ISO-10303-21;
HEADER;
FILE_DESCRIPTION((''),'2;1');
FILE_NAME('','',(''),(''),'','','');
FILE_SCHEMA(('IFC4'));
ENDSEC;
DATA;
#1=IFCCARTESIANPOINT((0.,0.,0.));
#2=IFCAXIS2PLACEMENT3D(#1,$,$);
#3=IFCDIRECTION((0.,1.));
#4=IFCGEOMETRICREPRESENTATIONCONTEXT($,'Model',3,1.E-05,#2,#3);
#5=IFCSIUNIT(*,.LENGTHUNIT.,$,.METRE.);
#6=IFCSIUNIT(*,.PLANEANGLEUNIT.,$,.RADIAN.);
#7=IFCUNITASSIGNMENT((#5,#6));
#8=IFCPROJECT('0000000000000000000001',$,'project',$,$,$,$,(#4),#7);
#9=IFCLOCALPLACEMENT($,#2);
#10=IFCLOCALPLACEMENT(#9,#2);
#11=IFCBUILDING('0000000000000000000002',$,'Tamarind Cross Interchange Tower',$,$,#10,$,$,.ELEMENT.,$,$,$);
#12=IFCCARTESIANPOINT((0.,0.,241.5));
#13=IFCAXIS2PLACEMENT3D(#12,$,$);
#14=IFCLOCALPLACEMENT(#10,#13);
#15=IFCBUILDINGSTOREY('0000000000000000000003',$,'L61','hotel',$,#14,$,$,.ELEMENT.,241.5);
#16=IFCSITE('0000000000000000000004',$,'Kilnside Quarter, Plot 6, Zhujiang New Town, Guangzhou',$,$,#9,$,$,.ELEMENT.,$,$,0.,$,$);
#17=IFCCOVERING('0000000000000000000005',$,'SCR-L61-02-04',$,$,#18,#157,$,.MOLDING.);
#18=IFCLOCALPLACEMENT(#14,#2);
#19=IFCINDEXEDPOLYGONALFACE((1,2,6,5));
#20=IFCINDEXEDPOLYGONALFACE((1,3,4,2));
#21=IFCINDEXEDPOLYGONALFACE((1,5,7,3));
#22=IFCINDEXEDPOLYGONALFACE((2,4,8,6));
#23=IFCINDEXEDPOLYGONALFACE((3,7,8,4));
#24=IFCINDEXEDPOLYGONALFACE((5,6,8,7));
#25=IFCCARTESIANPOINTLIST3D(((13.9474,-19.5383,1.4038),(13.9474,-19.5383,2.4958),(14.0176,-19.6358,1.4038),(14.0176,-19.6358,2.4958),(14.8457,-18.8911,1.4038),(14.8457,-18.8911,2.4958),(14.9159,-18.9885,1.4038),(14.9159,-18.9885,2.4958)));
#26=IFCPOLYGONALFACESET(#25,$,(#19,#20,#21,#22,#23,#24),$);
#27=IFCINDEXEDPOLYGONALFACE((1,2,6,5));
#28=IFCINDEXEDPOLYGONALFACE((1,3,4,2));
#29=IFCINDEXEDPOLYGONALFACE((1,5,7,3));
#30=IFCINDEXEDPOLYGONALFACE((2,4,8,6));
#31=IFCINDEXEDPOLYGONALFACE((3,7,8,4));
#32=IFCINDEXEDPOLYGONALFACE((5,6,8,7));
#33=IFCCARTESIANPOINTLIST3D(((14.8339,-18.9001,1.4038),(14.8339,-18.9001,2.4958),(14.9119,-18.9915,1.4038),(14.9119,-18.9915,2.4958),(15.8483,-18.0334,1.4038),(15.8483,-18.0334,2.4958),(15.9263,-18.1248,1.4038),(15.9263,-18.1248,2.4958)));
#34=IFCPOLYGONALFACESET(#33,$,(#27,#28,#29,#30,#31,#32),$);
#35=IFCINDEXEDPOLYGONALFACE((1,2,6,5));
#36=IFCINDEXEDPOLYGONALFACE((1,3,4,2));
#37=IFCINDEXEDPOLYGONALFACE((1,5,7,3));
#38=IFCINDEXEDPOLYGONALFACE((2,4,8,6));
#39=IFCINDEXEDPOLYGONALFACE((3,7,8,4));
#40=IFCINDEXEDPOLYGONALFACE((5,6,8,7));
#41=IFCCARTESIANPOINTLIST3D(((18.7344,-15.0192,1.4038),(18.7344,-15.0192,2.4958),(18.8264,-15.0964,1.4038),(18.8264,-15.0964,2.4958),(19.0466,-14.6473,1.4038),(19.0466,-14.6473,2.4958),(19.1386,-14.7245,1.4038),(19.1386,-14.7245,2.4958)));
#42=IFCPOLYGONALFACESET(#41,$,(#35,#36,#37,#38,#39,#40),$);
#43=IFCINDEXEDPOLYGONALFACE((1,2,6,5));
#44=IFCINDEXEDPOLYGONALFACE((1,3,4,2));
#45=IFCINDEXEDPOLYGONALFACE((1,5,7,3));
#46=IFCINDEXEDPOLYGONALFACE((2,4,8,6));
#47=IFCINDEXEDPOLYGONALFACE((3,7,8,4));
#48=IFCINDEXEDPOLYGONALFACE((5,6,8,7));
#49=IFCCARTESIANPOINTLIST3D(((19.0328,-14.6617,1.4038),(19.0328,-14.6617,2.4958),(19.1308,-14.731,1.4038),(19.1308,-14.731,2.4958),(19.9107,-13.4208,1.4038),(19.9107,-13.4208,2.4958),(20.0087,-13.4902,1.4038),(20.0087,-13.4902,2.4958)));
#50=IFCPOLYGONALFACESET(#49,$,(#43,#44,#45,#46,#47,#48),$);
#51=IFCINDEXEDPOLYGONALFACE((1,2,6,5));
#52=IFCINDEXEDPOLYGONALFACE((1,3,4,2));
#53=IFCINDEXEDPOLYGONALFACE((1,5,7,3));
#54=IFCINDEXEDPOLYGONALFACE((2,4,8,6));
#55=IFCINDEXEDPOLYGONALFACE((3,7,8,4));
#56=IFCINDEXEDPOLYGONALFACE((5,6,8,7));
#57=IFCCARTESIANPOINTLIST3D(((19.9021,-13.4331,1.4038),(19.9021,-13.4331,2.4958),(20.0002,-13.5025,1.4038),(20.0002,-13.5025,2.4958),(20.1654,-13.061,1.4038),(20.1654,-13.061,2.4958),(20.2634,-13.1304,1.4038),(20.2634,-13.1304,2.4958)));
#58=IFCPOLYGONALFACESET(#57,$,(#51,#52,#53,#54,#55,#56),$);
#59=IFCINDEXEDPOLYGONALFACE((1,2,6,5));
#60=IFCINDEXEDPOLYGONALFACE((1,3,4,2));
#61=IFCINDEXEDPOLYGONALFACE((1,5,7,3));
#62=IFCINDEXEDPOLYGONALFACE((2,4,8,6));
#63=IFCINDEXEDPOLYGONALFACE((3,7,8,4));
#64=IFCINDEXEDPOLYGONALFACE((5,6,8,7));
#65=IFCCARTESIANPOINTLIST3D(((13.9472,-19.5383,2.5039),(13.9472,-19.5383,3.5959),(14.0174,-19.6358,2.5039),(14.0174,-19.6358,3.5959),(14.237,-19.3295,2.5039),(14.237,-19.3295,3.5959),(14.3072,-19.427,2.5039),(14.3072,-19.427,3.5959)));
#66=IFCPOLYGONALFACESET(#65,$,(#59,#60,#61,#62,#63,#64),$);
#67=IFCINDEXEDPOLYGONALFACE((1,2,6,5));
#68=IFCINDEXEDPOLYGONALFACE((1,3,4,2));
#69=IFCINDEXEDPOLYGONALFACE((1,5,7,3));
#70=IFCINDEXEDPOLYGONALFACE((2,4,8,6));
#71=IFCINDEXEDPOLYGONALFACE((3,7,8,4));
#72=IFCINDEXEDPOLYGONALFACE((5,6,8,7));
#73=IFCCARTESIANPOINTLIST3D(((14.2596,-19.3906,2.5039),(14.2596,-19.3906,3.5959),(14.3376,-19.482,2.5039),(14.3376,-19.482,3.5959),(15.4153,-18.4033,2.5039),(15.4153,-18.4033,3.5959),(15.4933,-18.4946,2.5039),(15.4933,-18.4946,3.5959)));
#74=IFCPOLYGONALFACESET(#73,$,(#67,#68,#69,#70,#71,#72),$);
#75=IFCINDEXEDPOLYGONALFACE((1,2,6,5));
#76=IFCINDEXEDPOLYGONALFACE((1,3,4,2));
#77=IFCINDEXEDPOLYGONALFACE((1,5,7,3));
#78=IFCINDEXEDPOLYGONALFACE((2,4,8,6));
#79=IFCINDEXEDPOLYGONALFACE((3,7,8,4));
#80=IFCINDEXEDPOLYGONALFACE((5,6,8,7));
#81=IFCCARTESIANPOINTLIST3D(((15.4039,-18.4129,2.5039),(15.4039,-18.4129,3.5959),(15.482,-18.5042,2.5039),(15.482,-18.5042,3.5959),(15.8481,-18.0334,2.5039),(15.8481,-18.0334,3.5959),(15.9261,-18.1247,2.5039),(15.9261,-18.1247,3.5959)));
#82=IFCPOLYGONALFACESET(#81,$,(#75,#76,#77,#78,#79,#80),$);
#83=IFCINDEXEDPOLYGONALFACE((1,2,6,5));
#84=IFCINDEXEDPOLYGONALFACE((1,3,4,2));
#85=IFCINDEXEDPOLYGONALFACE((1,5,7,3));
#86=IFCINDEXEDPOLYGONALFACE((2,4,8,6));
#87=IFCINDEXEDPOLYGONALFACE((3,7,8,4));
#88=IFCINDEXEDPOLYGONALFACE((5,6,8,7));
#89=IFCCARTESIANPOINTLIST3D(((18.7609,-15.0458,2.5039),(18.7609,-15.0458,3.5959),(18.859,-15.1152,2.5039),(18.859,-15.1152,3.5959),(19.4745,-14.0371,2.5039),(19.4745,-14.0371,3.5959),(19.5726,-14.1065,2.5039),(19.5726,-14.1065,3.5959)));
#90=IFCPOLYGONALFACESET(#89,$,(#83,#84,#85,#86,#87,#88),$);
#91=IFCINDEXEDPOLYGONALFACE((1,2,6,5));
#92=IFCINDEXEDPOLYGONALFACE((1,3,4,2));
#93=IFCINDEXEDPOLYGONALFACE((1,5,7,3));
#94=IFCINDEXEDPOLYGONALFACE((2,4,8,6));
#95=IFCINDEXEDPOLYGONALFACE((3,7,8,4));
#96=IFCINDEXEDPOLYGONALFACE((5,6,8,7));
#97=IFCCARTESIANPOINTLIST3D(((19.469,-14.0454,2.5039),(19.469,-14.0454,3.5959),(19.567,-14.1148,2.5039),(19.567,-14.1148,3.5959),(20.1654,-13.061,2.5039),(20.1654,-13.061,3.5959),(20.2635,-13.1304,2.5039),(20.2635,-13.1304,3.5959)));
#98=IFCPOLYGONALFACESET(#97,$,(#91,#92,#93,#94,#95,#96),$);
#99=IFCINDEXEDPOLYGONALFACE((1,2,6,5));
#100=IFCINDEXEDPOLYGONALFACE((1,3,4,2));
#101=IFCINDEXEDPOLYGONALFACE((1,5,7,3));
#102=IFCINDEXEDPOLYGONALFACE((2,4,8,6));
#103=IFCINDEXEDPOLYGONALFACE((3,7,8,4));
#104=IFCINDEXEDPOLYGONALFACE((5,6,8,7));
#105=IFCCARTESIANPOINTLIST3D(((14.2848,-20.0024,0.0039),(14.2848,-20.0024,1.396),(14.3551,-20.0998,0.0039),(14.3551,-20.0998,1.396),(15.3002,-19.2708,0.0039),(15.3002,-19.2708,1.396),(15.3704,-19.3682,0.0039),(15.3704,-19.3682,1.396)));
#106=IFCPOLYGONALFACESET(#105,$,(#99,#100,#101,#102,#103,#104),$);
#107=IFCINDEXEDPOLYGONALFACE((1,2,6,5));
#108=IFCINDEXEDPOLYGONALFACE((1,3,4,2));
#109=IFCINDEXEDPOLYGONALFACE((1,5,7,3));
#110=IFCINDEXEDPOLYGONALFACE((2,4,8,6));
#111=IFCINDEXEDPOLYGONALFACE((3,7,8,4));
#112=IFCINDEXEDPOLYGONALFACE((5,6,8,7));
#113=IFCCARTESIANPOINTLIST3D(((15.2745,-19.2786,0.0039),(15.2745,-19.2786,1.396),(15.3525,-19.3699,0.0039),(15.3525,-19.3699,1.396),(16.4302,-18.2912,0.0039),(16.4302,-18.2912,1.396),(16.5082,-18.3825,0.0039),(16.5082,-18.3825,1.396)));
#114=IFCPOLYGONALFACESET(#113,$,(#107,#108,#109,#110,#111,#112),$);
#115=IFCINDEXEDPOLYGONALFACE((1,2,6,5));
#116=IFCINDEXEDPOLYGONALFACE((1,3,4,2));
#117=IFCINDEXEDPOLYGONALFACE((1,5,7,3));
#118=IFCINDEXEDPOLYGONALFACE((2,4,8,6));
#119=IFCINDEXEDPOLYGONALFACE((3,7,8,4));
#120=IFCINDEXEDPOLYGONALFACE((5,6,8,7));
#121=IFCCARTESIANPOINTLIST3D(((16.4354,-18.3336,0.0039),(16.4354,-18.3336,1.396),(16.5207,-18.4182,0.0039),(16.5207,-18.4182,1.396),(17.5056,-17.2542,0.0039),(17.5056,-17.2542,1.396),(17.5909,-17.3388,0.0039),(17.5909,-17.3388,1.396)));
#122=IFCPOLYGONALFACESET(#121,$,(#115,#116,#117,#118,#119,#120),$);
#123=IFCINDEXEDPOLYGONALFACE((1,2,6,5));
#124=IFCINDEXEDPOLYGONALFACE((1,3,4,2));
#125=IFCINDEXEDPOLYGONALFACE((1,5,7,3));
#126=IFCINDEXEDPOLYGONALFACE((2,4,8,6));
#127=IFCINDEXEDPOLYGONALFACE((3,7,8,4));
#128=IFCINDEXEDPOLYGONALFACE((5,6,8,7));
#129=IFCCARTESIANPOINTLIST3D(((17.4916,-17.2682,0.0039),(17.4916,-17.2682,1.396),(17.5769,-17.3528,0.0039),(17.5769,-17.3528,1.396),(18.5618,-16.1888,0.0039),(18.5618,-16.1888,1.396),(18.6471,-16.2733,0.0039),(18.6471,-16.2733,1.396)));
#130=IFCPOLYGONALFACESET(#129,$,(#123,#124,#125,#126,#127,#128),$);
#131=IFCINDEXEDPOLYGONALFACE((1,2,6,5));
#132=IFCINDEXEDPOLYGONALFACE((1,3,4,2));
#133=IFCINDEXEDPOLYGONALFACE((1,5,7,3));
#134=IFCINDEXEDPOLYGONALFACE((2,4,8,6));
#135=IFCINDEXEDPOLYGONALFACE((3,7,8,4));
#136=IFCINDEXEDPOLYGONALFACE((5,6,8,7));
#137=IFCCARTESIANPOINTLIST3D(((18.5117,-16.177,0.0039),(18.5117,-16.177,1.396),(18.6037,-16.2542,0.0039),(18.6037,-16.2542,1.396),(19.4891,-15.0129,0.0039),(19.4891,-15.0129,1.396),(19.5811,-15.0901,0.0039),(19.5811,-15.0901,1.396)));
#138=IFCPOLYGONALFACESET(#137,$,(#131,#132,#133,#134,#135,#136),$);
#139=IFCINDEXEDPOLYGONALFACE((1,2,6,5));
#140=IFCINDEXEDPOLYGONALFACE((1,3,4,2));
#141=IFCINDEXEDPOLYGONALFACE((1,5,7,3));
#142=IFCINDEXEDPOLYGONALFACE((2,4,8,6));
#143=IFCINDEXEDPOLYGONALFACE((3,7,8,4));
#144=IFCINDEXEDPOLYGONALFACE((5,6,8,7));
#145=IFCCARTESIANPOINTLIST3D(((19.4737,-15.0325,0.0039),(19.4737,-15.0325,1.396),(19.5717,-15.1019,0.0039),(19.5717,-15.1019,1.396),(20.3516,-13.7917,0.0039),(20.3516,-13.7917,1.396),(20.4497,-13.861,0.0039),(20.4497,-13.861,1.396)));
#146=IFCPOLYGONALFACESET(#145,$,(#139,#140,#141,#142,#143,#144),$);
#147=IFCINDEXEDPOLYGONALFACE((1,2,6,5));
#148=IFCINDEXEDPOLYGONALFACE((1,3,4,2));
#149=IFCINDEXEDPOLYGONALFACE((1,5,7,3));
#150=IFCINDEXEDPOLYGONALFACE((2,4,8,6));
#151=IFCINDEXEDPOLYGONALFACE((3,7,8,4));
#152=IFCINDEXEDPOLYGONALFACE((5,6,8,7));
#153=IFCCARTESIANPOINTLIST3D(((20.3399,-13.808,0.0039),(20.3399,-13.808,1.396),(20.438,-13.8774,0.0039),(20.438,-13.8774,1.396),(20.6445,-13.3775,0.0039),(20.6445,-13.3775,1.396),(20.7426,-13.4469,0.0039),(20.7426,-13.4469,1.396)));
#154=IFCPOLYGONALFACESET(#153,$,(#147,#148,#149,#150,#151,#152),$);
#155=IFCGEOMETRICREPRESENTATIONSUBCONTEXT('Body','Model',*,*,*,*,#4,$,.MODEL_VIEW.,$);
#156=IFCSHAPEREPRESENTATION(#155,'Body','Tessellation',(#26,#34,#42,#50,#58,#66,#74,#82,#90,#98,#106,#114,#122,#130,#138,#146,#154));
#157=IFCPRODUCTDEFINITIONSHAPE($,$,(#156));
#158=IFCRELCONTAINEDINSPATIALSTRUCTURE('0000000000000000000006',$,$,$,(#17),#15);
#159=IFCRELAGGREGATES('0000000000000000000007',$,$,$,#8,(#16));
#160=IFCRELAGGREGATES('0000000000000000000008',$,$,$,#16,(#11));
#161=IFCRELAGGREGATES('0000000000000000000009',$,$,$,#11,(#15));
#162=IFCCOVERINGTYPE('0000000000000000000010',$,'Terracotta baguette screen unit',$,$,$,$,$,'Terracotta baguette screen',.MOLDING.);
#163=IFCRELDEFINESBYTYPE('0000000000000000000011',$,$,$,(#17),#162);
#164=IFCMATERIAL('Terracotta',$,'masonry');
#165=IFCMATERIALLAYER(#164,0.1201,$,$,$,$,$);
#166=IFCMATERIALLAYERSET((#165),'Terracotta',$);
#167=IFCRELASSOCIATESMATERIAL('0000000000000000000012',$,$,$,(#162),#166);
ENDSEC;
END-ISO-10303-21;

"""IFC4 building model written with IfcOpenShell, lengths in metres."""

from ifc_helpers import new_model, si_unit, direction, frame, origin, origin_2d, place, context, subcontext, project, spatial, rectangle, extrude, material, layer, layer_set, type_object, element, save


model = new_model("IFC4")

# Units and contexts
model_context = context("Model", 3, precision=1e-05, world=origin(), true_north=direction((0.0, 1.0)))
body_context = subcontext(model_context, "Body", "Model", "MODEL_VIEW")
ifc_project = project(units=[si_unit("LENGTHUNIT", "METRE"), si_unit("PLANEANGLEUNIT", "RADIAN")], contexts=[model_context])

# Site, building, storey
site_placement = place(None, origin())
site = spatial("IfcSite", under=ifc_project, at=site_placement, Name="Kilnside Quarter, Plot 6, Zhujiang New Town, Guangzhou", CompositionType="ELEMENT", RefElevation=0.0)
building_placement = place(site_placement, origin())
building = spatial("IfcBuilding", under=site, at=building_placement, Name="Tamarind Cross Interchange Tower", CompositionType="ELEMENT")
storey_placement = place(building_placement, frame((0.0, 0.0, 241.5)))
storey = spatial("IfcBuildingStorey", under=building, at=storey_placement, Name="L61", Description="hotel", CompositionType="ELEMENT", Elevation=241.5)

# Covering
ifc_material_1 = material(Name="Terracotta", Category="masonry")
ifc_layer_1 = layer(ifc_material_1, 0.1201)
ifc_layer_set_1 = layer_set([ifc_layer_1], Name="Terracotta")
covering_type = type_object("IfcCoveringType", Name="Terracotta baguette screen unit", ElementType="Terracotta baguette screen", PredefinedType="MOLDING", material=ifc_layer_set_1)
covering_1_placement = place(storey_placement, origin())
element("IfcCovering", 1, at=covering_1_placement, inside=storey, type_object=covering_type, Name="SCR-L61-02-04", PredefinedType="MOLDING", context=body_context, shape_type="SweptSolid", body=[
    extrude(rectangle(XDim=1.1072, YDim=0.1201, at=origin_2d()), frame((14.4316, -19.2634, 1.4038), z_axis=(0.0, 0.0, 1.0), x_axis=(0.81134, 0.584574, 0.0)), (0.0, 0.0, 1.0), 1.092),
    extrude(rectangle(XDim=1.3342, YDim=0.1201, at=origin_2d()), frame((15.3801, -18.5125, 1.4038), z_axis=(0.0, 0.0, 1.0), x_axis=(0.760296, 0.649577, 0.0)), (0.0, 0.0, 1.0), 1.092),
    extrude(rectangle(XDim=0.4856, YDim=0.1201, at=origin_2d()), frame((18.9365, -14.8718, 1.4038), z_axis=(0.0, 0.0, 1.0), x_axis=(0.643009, 0.765858, 0.0)), (0.0, 0.0, 1.0), 1.092),
    extrude(rectangle(XDim=1.52, YDim=0.1201, at=origin_2d()), frame((19.5208, -14.0759, 1.4038), z_axis=(0.0, 0.0, 1.0), x_axis=(0.577569, 0.816342, 0.0)), (0.0, 0.0, 1.0), 1.092),
    extrude(rectangle(XDim=0.4558, YDim=0.1201, at=origin_2d()), frame((20.0828, -13.2817, 1.4038), z_axis=(0.0, 0.0, 1.0), x_axis=(0.577569, 0.816342, 0.0)), (0.0, 0.0, 1.0), 1.092),
    extrude(rectangle(XDim=0.3572, YDim=0.1201, at=origin_2d()), frame((14.1272, -19.4827, 2.5039), z_axis=(0.0, 0.0, 1.0), x_axis=(0.81134, 0.584574, 0.0)), (0.0, 0.0, 1.0), 1.092),
    extrude(rectangle(XDim=1.52, YDim=0.1201, at=origin_2d()), frame((14.8765, -18.9426, 2.5039), z_axis=(0.0, 0.0, 1.0), x_axis=(0.760296, 0.649577, 0.0)), (0.0, 0.0, 1.0), 1.092),
    extrude(rectangle(XDim=0.5842, YDim=0.1201, at=origin_2d()), frame((15.665, -18.2688, 2.5039), z_axis=(0.0, 0.0, 1.0), x_axis=(0.760296, 0.649577, 0.0)), (0.0, 0.0, 1.0), 1.092),
    extrude(rectangle(XDim=1.2356, YDim=0.1201, at=origin_2d()), frame((19.1667, -14.5762, 2.5039), z_axis=(0.0, 0.0, 1.0), x_axis=(0.577569, 0.816342, 0.0)), (0.0, 0.0, 1.0), 1.092),
    extrude(rectangle(XDim=1.2058, YDim=0.1201, at=origin_2d()), frame((19.8662, -13.5879, 2.5039), z_axis=(0.0, 0.0, 1.0), x_axis=(0.577569, 0.816342, 0.0)), (0.0, 0.0, 1.0), 1.092),
    extrude(rectangle(XDim=1.2515, YDim=0.1201, at=origin_2d()), frame((14.8276, -19.6853, 0.0039), z_axis=(0.0, 0.0, 1.0), x_axis=(0.81134, 0.584574, 0.0)), (0.0, 0.0, 1.0), 1.3921),
    extrude(rectangle(XDim=1.52, YDim=0.1201, at=origin_2d()), frame((15.8914, -18.8306, 0.0039), z_axis=(0.0, 0.0, 1.0), x_axis=(0.760296, 0.649577, 0.0)), (0.0, 0.0, 1.0), 1.3921),
    extrude(rectangle(XDim=1.52, YDim=0.1201, at=origin_2d()), frame((17.0132, -17.8362, 0.0039), z_axis=(0.0, 0.0, 1.0), x_axis=(0.704057, 0.710143, 0.0)), (0.0, 0.0, 1.0), 1.3921),
    extrude(rectangle(XDim=1.52, YDim=0.1201, at=origin_2d()), frame((18.0693, -16.7708, 0.0039), z_axis=(0.0, 0.0, 1.0), x_axis=(0.704057, 0.710143, 0.0)), (0.0, 0.0, 1.0), 1.3921),
    extrude(rectangle(XDim=1.52, YDim=0.1201, at=origin_2d()), frame((19.0464, -15.6335, 0.0039), z_axis=(0.0, 0.0, 1.0), x_axis=(0.643009, 0.765858, 0.0)), (0.0, 0.0, 1.0), 1.3921),
    extrude(rectangle(XDim=1.52, YDim=0.1201, at=origin_2d()), frame((19.9617, -14.4468, 0.0039), z_axis=(0.0, 0.0, 1.0), x_axis=(0.577569, 0.816342, 0.0)), (0.0, 0.0, 1.0), 1.3921),
    extrude(rectangle(XDim=0.5273, YDim=0.1201, at=origin_2d()), frame((20.5413, -13.6274, 0.0039), z_axis=(0.0, 0.0, 1.0), x_axis=(0.577569, 0.816342, 0.0)), (0.0, 0.0, 1.0), 1.3921),
])

save(model, "model.ifc")
